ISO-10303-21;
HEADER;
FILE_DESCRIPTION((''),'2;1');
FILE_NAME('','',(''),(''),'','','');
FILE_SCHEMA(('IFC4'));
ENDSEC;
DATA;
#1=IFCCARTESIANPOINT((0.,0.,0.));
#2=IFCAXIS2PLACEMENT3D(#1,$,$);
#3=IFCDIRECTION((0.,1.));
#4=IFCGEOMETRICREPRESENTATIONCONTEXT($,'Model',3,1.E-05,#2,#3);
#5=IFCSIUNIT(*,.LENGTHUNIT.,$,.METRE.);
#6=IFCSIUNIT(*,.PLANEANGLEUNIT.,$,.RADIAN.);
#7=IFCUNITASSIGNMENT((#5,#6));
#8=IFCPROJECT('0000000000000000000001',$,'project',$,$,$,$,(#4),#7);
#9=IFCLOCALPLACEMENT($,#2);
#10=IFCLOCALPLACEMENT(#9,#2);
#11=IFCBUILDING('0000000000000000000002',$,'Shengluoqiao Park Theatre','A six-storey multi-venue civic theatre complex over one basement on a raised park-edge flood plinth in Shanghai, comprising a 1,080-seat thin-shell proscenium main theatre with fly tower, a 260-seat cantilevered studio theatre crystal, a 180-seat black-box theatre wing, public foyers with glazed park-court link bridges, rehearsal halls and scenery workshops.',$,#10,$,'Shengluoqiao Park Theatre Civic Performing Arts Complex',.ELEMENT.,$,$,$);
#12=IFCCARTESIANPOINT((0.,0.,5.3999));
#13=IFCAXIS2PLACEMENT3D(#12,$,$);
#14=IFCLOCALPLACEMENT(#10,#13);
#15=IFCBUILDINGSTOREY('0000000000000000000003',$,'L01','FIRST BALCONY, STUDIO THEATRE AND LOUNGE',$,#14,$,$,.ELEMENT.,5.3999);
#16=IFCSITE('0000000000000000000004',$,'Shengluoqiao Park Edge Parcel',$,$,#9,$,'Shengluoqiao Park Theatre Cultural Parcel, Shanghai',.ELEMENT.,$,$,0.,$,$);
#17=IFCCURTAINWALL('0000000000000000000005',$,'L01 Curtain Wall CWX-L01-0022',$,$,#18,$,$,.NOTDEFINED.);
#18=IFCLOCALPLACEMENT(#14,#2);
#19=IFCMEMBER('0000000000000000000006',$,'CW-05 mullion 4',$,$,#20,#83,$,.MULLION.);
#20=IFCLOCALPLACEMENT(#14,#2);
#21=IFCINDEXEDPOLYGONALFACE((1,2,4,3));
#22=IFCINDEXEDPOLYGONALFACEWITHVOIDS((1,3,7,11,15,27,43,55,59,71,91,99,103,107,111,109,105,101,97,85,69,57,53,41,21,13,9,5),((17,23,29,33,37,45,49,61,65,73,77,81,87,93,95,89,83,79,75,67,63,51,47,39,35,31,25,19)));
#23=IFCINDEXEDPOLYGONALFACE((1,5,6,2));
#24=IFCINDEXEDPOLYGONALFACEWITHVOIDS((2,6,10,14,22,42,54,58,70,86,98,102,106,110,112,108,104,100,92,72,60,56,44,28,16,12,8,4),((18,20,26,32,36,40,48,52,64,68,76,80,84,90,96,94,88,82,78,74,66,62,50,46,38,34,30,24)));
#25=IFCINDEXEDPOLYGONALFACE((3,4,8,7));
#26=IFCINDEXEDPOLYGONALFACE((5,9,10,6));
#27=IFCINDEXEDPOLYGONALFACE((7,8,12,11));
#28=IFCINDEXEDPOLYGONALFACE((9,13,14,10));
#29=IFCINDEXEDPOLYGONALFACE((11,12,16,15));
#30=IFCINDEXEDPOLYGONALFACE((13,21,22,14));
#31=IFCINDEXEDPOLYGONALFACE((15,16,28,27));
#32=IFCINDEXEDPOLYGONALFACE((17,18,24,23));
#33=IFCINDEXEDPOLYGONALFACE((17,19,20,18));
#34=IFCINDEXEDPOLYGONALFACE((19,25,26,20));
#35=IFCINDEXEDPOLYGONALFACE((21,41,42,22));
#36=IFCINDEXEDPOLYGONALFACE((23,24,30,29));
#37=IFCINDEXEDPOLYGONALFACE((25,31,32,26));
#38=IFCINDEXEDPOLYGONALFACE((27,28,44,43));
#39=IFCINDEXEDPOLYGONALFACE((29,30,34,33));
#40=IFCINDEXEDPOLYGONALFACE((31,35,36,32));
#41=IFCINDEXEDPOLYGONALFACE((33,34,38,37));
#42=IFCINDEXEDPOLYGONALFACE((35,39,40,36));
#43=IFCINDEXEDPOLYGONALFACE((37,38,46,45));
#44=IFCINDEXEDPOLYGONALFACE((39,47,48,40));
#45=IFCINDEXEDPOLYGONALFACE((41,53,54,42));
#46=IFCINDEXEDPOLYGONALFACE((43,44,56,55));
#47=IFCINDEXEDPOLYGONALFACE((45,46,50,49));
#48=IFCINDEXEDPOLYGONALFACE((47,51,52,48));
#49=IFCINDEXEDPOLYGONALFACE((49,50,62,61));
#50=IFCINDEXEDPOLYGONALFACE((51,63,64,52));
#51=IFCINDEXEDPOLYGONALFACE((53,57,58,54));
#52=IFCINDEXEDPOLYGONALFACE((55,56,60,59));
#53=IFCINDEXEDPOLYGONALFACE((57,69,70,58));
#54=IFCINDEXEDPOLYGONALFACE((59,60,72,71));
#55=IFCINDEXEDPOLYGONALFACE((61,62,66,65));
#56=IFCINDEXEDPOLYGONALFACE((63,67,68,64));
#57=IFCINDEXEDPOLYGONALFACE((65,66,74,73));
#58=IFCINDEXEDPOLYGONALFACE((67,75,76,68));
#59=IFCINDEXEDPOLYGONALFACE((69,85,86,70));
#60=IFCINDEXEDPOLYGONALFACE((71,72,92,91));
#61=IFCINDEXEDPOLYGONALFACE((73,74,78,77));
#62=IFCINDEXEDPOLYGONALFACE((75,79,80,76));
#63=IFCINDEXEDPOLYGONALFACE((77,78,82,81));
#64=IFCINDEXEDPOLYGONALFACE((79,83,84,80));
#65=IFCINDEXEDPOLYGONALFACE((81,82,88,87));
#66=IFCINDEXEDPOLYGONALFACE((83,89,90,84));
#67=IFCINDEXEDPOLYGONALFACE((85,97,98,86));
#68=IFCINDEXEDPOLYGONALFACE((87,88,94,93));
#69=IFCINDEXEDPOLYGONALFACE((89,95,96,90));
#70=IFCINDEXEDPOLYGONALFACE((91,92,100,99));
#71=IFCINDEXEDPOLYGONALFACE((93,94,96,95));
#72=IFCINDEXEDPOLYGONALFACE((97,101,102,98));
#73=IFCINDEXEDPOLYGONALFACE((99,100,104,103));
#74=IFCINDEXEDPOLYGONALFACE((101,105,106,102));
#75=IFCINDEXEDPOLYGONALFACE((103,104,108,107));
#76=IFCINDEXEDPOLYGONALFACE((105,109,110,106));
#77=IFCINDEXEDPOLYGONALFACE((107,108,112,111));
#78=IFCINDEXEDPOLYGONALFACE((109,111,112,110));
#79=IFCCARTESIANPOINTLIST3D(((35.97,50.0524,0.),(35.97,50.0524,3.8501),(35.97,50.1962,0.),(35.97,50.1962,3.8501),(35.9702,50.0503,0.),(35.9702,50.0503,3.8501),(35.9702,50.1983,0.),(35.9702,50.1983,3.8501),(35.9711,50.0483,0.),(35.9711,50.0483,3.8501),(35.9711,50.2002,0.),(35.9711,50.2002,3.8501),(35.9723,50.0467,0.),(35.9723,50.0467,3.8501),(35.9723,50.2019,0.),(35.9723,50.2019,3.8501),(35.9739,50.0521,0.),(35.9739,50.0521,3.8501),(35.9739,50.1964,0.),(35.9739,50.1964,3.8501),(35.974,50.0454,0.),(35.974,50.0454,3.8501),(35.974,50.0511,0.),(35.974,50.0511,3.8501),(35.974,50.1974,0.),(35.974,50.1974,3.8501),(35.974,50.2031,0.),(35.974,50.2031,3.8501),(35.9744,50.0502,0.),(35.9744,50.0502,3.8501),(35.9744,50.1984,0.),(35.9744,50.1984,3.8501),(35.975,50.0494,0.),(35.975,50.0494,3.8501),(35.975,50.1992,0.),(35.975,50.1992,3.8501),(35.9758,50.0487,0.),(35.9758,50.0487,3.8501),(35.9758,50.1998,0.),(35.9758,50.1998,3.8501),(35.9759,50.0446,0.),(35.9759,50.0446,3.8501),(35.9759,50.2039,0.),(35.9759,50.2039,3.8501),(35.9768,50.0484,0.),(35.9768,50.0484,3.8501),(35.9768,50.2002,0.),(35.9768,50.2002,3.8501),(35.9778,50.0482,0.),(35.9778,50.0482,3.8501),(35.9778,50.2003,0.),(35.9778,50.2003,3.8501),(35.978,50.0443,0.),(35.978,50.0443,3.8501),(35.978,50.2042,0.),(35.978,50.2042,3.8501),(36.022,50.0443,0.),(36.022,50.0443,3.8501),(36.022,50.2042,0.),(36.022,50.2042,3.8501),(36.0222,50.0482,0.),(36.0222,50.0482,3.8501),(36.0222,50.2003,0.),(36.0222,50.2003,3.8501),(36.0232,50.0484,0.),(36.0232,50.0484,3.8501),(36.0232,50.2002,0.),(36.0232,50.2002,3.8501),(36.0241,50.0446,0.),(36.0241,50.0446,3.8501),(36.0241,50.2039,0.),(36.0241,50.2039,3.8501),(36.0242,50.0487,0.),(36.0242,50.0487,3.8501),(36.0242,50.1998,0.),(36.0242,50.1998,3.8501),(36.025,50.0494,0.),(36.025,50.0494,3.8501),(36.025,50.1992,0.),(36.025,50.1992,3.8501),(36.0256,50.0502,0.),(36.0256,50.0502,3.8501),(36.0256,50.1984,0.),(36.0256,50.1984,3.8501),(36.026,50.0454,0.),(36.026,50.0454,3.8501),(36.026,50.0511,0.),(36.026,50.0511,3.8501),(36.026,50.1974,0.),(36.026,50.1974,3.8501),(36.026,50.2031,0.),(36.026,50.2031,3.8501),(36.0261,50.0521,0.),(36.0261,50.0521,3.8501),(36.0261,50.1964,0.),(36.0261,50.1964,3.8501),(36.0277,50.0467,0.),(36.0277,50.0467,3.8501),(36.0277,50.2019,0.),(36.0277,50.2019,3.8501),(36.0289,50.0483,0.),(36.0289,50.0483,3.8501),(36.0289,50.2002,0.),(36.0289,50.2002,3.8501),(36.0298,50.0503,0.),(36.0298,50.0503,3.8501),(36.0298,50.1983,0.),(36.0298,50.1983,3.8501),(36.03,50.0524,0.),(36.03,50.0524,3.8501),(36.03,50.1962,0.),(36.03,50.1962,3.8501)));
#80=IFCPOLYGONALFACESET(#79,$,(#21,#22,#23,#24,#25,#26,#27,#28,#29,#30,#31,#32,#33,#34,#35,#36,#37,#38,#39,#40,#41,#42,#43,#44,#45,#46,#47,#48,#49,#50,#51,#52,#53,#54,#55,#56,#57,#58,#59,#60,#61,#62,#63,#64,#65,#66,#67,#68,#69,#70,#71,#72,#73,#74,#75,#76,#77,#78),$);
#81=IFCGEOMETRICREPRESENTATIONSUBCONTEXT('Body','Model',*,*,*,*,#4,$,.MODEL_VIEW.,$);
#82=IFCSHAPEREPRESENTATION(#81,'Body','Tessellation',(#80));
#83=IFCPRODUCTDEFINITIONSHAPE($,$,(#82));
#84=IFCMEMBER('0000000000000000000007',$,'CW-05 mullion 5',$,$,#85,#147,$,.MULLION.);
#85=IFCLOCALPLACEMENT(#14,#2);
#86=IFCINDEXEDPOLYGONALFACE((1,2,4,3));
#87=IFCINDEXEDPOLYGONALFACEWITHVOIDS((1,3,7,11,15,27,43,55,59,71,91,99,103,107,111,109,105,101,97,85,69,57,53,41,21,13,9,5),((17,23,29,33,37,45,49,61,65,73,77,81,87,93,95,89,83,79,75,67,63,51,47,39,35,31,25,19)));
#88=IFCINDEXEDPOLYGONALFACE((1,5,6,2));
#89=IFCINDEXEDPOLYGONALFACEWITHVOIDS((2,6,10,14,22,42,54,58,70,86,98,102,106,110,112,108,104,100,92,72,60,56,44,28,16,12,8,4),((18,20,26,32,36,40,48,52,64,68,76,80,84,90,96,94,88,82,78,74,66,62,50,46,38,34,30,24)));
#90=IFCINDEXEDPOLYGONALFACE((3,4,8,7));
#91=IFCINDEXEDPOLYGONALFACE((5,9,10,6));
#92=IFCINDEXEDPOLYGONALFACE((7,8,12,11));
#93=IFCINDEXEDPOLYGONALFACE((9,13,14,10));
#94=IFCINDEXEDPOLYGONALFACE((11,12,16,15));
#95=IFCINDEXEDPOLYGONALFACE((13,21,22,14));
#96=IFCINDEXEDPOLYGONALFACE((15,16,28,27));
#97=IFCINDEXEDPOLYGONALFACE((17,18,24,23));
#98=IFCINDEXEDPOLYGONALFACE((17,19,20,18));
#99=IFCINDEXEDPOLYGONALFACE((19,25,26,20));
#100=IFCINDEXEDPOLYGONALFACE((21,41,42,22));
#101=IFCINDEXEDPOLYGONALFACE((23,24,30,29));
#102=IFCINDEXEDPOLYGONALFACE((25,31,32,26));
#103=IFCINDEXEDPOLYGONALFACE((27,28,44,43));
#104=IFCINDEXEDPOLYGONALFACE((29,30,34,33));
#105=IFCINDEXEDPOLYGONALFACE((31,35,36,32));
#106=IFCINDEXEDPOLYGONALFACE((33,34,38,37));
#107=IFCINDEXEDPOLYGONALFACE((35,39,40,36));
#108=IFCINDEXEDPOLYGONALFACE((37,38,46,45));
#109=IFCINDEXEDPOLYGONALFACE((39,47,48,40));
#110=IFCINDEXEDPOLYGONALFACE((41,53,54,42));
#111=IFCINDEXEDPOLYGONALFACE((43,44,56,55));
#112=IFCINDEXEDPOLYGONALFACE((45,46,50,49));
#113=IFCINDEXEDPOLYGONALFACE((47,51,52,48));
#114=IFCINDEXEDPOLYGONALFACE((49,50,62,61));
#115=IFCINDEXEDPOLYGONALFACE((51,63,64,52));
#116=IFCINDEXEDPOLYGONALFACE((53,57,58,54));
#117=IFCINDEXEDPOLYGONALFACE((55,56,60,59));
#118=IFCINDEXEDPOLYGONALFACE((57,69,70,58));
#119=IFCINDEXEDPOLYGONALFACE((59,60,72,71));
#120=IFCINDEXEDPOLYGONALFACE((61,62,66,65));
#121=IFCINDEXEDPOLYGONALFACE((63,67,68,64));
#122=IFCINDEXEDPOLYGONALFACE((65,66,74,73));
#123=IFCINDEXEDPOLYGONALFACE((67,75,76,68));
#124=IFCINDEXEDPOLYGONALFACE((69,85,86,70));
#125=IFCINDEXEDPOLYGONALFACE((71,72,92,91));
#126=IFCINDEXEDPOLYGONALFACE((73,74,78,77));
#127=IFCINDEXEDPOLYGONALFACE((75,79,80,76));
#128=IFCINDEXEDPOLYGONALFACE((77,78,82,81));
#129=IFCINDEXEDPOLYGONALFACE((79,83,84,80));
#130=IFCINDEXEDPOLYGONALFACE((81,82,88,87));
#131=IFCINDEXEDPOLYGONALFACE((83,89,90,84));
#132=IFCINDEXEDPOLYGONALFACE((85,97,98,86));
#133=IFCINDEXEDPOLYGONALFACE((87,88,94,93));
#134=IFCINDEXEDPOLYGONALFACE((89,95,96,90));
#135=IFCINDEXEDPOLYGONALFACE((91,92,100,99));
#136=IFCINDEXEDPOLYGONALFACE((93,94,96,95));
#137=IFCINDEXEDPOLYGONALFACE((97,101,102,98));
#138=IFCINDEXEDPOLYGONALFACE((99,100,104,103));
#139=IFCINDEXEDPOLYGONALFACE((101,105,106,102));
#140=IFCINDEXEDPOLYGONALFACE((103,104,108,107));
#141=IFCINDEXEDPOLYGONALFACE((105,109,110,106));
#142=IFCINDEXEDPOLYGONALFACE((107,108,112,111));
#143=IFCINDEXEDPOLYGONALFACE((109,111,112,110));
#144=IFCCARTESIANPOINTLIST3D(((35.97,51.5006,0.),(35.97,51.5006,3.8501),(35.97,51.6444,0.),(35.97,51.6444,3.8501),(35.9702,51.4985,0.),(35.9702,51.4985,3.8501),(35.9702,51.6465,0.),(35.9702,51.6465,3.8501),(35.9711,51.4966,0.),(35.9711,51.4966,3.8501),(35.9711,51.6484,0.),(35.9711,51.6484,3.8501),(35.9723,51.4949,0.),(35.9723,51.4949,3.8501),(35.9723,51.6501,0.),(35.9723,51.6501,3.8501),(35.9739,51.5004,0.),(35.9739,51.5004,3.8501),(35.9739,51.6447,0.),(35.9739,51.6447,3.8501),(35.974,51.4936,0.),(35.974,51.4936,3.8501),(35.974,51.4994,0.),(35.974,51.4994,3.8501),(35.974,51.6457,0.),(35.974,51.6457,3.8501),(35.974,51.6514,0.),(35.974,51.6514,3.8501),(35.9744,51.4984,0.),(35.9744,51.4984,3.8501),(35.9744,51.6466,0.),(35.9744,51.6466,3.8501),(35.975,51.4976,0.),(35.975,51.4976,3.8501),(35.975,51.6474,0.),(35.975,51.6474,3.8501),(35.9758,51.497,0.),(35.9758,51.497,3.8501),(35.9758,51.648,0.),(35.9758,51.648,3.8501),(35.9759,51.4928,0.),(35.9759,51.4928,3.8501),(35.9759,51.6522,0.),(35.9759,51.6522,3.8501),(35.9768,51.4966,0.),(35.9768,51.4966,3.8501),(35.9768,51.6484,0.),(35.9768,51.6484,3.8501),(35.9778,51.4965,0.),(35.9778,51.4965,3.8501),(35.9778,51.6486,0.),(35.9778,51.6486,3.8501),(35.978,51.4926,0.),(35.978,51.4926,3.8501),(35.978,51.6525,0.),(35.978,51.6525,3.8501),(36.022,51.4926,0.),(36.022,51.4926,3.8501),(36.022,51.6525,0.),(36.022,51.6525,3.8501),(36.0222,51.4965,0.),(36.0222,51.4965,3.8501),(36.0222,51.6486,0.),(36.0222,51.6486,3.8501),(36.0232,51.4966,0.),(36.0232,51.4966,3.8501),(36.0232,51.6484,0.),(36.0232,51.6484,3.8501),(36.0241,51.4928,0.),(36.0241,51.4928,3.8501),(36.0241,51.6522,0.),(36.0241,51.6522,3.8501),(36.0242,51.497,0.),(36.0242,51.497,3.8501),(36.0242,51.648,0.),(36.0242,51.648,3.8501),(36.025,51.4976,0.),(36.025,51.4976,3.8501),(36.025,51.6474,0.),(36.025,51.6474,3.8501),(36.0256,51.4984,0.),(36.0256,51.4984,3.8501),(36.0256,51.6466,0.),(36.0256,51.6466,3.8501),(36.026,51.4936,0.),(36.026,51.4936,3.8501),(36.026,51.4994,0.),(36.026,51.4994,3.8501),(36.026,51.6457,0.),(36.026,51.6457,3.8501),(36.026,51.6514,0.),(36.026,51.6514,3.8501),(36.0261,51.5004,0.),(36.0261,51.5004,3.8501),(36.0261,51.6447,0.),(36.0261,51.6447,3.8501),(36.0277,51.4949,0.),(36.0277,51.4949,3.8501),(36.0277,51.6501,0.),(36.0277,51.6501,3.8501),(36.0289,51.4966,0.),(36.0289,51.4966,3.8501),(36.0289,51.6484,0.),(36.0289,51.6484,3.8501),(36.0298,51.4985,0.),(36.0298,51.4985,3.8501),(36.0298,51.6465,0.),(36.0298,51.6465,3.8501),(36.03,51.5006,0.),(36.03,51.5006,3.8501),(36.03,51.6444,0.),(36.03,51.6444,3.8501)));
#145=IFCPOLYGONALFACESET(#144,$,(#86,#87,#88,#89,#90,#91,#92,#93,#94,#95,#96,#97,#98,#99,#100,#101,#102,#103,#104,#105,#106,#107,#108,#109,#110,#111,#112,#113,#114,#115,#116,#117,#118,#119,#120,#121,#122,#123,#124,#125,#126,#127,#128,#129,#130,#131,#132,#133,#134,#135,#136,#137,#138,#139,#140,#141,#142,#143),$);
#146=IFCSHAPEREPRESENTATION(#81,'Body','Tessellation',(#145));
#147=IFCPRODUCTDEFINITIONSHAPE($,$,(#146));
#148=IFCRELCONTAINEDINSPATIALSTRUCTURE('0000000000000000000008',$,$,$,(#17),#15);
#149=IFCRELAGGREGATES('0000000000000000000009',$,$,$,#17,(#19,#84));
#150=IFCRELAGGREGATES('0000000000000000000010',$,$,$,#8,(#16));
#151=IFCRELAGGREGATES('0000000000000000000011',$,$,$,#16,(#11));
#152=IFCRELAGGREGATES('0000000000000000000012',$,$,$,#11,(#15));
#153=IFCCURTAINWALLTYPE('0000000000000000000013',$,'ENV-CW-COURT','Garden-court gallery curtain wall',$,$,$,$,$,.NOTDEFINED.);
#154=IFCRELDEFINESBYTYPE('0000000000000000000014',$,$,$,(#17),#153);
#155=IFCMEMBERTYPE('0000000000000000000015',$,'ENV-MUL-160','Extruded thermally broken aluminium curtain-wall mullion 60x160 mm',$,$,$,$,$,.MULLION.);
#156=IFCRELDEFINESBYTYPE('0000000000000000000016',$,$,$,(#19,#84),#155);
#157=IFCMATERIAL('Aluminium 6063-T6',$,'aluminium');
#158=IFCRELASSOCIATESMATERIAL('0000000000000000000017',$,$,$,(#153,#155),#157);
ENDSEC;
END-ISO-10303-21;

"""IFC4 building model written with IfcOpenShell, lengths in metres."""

from ifc_helpers import new_model, si_unit, direction, frame, origin, origin_2d, place, context, subcontext, project, spatial, hollow_rectangle, extrude, material, material_profile, profile_set, type_object, element, aggregate, save


model = new_model("IFC4")

# Units and contexts
model_context = context("Model", 3, precision=1e-05, world=origin(), true_north=direction((0.0, 1.0)))
body_context = subcontext(model_context, "Body", "Model", "MODEL_VIEW")
ifc_project = project(units=[si_unit("LENGTHUNIT", "METRE"), si_unit("PLANEANGLEUNIT", "RADIAN")], contexts=[model_context])

# Site, building, storey
site_placement = place(None, origin())
site = spatial("IfcSite", under=ifc_project, at=site_placement, Name="Shengluoqiao Park Edge Parcel", LongName="Shengluoqiao Park Theatre Cultural Parcel, Shanghai", CompositionType="ELEMENT", RefElevation=0.0)
building_placement = place(site_placement, origin())
building = spatial("IfcBuilding", under=site, at=building_placement, Name="Shengluoqiao Park Theatre", Description="A six-storey multi-venue civic theatre complex over one basement on a raised park-edge flood plinth in Shanghai, comprising a 1,080-seat thin-shell proscenium main theatre with fly tower, a 260-seat cantilevered studio theatre crystal, a 180-seat black-box theatre wing, public foyers with glazed park-court link bridges, rehearsal halls and scenery workshops.", LongName="Shengluoqiao Park Theatre Civic Performing Arts Complex", CompositionType="ELEMENT")
storey_placement = place(building_placement, frame((0.0, 0.0, 5.3999)))
storey = spatial("IfcBuildingStorey", under=building, at=storey_placement, Name="L01", Description="FIRST BALCONY, STUDIO THEATRE AND LOUNGE", CompositionType="ELEMENT", Elevation=5.3999)

# Curtain wall, members
ifc_material_1 = material(Name="Aluminium 6063-T6", Category="aluminium")
curtain_wall_type_1 = type_object("IfcCurtainWallType", Name="ENV-CW-COURT", Description="Garden-court gallery curtain wall", PredefinedType="NOTDEFINED", material=ifc_material_1)
curtain_wall_1_placement = place(storey_placement, origin())
curtain_wall_1 = element("IfcCurtainWall", 1, at=curtain_wall_1_placement, inside=storey, type_object=curtain_wall_type_1, Name="L01 Curtain Wall CWX-L01-0022", PredefinedType="NOTDEFINED")
ifc_material_profile_1 = material_profile(ifc_material_1, hollow_rectangle(XDim=0.0601, YDim=0.1599, WallThickness=0.0039, InnerFilletRadius=0.0039, OuterFilletRadius=0.0081, at=origin_2d()), Name="ALU MULLION 160x60x4")
ifc_profile_set_1 = profile_set([ifc_material_profile_1], Name="Aluminium 6063-T6")
member_type_1 = type_object("IfcMemberType", Name="ENV-MUL-160", Description="Extruded thermally broken aluminium curtain-wall mullion 60x160 mm", PredefinedType="MULLION", material=ifc_profile_set_1)
member_1_placement = place(storey_placement, frame((36.0, 50.1243, 0.0), z_axis=(0.0, 0.0, 1.0), x_axis=(-1.0, 0.0, 0.0)))
member_1 = element("IfcMember", 2, at=member_1_placement, type_object=member_type_1, Name="CW-05 mullion 4", PredefinedType="MULLION", context=body_context, shape_type="SweptSolid", body=[
    extrude(hollow_rectangle(XDim=0.0601, YDim=0.1599, WallThickness=0.0039, InnerFilletRadius=0.0039, OuterFilletRadius=0.0081, at=origin_2d()), origin(), (0.0, 0.0, 1.0), 3.8501),
])
member_2_placement = place(storey_placement, frame((36.0, 51.5725, 0.0), z_axis=(0.0, 0.0, 1.0), x_axis=(-1.0, 0.0, 0.0)))
member_2 = element("IfcMember", 3, at=member_2_placement, type_object=member_type_1, Name="CW-05 mullion 5", PredefinedType="MULLION", context=body_context, shape_type="SweptSolid", body=[
    extrude(hollow_rectangle(XDim=0.0601, YDim=0.1599, WallThickness=0.0039, InnerFilletRadius=0.0039, OuterFilletRadius=0.0081, at=origin_2d()), origin(), (0.0, 0.0, 1.0), 3.8501),
])

aggregate(curtain_wall_1, [member_1, member_2])

save(model, "model.ifc")
